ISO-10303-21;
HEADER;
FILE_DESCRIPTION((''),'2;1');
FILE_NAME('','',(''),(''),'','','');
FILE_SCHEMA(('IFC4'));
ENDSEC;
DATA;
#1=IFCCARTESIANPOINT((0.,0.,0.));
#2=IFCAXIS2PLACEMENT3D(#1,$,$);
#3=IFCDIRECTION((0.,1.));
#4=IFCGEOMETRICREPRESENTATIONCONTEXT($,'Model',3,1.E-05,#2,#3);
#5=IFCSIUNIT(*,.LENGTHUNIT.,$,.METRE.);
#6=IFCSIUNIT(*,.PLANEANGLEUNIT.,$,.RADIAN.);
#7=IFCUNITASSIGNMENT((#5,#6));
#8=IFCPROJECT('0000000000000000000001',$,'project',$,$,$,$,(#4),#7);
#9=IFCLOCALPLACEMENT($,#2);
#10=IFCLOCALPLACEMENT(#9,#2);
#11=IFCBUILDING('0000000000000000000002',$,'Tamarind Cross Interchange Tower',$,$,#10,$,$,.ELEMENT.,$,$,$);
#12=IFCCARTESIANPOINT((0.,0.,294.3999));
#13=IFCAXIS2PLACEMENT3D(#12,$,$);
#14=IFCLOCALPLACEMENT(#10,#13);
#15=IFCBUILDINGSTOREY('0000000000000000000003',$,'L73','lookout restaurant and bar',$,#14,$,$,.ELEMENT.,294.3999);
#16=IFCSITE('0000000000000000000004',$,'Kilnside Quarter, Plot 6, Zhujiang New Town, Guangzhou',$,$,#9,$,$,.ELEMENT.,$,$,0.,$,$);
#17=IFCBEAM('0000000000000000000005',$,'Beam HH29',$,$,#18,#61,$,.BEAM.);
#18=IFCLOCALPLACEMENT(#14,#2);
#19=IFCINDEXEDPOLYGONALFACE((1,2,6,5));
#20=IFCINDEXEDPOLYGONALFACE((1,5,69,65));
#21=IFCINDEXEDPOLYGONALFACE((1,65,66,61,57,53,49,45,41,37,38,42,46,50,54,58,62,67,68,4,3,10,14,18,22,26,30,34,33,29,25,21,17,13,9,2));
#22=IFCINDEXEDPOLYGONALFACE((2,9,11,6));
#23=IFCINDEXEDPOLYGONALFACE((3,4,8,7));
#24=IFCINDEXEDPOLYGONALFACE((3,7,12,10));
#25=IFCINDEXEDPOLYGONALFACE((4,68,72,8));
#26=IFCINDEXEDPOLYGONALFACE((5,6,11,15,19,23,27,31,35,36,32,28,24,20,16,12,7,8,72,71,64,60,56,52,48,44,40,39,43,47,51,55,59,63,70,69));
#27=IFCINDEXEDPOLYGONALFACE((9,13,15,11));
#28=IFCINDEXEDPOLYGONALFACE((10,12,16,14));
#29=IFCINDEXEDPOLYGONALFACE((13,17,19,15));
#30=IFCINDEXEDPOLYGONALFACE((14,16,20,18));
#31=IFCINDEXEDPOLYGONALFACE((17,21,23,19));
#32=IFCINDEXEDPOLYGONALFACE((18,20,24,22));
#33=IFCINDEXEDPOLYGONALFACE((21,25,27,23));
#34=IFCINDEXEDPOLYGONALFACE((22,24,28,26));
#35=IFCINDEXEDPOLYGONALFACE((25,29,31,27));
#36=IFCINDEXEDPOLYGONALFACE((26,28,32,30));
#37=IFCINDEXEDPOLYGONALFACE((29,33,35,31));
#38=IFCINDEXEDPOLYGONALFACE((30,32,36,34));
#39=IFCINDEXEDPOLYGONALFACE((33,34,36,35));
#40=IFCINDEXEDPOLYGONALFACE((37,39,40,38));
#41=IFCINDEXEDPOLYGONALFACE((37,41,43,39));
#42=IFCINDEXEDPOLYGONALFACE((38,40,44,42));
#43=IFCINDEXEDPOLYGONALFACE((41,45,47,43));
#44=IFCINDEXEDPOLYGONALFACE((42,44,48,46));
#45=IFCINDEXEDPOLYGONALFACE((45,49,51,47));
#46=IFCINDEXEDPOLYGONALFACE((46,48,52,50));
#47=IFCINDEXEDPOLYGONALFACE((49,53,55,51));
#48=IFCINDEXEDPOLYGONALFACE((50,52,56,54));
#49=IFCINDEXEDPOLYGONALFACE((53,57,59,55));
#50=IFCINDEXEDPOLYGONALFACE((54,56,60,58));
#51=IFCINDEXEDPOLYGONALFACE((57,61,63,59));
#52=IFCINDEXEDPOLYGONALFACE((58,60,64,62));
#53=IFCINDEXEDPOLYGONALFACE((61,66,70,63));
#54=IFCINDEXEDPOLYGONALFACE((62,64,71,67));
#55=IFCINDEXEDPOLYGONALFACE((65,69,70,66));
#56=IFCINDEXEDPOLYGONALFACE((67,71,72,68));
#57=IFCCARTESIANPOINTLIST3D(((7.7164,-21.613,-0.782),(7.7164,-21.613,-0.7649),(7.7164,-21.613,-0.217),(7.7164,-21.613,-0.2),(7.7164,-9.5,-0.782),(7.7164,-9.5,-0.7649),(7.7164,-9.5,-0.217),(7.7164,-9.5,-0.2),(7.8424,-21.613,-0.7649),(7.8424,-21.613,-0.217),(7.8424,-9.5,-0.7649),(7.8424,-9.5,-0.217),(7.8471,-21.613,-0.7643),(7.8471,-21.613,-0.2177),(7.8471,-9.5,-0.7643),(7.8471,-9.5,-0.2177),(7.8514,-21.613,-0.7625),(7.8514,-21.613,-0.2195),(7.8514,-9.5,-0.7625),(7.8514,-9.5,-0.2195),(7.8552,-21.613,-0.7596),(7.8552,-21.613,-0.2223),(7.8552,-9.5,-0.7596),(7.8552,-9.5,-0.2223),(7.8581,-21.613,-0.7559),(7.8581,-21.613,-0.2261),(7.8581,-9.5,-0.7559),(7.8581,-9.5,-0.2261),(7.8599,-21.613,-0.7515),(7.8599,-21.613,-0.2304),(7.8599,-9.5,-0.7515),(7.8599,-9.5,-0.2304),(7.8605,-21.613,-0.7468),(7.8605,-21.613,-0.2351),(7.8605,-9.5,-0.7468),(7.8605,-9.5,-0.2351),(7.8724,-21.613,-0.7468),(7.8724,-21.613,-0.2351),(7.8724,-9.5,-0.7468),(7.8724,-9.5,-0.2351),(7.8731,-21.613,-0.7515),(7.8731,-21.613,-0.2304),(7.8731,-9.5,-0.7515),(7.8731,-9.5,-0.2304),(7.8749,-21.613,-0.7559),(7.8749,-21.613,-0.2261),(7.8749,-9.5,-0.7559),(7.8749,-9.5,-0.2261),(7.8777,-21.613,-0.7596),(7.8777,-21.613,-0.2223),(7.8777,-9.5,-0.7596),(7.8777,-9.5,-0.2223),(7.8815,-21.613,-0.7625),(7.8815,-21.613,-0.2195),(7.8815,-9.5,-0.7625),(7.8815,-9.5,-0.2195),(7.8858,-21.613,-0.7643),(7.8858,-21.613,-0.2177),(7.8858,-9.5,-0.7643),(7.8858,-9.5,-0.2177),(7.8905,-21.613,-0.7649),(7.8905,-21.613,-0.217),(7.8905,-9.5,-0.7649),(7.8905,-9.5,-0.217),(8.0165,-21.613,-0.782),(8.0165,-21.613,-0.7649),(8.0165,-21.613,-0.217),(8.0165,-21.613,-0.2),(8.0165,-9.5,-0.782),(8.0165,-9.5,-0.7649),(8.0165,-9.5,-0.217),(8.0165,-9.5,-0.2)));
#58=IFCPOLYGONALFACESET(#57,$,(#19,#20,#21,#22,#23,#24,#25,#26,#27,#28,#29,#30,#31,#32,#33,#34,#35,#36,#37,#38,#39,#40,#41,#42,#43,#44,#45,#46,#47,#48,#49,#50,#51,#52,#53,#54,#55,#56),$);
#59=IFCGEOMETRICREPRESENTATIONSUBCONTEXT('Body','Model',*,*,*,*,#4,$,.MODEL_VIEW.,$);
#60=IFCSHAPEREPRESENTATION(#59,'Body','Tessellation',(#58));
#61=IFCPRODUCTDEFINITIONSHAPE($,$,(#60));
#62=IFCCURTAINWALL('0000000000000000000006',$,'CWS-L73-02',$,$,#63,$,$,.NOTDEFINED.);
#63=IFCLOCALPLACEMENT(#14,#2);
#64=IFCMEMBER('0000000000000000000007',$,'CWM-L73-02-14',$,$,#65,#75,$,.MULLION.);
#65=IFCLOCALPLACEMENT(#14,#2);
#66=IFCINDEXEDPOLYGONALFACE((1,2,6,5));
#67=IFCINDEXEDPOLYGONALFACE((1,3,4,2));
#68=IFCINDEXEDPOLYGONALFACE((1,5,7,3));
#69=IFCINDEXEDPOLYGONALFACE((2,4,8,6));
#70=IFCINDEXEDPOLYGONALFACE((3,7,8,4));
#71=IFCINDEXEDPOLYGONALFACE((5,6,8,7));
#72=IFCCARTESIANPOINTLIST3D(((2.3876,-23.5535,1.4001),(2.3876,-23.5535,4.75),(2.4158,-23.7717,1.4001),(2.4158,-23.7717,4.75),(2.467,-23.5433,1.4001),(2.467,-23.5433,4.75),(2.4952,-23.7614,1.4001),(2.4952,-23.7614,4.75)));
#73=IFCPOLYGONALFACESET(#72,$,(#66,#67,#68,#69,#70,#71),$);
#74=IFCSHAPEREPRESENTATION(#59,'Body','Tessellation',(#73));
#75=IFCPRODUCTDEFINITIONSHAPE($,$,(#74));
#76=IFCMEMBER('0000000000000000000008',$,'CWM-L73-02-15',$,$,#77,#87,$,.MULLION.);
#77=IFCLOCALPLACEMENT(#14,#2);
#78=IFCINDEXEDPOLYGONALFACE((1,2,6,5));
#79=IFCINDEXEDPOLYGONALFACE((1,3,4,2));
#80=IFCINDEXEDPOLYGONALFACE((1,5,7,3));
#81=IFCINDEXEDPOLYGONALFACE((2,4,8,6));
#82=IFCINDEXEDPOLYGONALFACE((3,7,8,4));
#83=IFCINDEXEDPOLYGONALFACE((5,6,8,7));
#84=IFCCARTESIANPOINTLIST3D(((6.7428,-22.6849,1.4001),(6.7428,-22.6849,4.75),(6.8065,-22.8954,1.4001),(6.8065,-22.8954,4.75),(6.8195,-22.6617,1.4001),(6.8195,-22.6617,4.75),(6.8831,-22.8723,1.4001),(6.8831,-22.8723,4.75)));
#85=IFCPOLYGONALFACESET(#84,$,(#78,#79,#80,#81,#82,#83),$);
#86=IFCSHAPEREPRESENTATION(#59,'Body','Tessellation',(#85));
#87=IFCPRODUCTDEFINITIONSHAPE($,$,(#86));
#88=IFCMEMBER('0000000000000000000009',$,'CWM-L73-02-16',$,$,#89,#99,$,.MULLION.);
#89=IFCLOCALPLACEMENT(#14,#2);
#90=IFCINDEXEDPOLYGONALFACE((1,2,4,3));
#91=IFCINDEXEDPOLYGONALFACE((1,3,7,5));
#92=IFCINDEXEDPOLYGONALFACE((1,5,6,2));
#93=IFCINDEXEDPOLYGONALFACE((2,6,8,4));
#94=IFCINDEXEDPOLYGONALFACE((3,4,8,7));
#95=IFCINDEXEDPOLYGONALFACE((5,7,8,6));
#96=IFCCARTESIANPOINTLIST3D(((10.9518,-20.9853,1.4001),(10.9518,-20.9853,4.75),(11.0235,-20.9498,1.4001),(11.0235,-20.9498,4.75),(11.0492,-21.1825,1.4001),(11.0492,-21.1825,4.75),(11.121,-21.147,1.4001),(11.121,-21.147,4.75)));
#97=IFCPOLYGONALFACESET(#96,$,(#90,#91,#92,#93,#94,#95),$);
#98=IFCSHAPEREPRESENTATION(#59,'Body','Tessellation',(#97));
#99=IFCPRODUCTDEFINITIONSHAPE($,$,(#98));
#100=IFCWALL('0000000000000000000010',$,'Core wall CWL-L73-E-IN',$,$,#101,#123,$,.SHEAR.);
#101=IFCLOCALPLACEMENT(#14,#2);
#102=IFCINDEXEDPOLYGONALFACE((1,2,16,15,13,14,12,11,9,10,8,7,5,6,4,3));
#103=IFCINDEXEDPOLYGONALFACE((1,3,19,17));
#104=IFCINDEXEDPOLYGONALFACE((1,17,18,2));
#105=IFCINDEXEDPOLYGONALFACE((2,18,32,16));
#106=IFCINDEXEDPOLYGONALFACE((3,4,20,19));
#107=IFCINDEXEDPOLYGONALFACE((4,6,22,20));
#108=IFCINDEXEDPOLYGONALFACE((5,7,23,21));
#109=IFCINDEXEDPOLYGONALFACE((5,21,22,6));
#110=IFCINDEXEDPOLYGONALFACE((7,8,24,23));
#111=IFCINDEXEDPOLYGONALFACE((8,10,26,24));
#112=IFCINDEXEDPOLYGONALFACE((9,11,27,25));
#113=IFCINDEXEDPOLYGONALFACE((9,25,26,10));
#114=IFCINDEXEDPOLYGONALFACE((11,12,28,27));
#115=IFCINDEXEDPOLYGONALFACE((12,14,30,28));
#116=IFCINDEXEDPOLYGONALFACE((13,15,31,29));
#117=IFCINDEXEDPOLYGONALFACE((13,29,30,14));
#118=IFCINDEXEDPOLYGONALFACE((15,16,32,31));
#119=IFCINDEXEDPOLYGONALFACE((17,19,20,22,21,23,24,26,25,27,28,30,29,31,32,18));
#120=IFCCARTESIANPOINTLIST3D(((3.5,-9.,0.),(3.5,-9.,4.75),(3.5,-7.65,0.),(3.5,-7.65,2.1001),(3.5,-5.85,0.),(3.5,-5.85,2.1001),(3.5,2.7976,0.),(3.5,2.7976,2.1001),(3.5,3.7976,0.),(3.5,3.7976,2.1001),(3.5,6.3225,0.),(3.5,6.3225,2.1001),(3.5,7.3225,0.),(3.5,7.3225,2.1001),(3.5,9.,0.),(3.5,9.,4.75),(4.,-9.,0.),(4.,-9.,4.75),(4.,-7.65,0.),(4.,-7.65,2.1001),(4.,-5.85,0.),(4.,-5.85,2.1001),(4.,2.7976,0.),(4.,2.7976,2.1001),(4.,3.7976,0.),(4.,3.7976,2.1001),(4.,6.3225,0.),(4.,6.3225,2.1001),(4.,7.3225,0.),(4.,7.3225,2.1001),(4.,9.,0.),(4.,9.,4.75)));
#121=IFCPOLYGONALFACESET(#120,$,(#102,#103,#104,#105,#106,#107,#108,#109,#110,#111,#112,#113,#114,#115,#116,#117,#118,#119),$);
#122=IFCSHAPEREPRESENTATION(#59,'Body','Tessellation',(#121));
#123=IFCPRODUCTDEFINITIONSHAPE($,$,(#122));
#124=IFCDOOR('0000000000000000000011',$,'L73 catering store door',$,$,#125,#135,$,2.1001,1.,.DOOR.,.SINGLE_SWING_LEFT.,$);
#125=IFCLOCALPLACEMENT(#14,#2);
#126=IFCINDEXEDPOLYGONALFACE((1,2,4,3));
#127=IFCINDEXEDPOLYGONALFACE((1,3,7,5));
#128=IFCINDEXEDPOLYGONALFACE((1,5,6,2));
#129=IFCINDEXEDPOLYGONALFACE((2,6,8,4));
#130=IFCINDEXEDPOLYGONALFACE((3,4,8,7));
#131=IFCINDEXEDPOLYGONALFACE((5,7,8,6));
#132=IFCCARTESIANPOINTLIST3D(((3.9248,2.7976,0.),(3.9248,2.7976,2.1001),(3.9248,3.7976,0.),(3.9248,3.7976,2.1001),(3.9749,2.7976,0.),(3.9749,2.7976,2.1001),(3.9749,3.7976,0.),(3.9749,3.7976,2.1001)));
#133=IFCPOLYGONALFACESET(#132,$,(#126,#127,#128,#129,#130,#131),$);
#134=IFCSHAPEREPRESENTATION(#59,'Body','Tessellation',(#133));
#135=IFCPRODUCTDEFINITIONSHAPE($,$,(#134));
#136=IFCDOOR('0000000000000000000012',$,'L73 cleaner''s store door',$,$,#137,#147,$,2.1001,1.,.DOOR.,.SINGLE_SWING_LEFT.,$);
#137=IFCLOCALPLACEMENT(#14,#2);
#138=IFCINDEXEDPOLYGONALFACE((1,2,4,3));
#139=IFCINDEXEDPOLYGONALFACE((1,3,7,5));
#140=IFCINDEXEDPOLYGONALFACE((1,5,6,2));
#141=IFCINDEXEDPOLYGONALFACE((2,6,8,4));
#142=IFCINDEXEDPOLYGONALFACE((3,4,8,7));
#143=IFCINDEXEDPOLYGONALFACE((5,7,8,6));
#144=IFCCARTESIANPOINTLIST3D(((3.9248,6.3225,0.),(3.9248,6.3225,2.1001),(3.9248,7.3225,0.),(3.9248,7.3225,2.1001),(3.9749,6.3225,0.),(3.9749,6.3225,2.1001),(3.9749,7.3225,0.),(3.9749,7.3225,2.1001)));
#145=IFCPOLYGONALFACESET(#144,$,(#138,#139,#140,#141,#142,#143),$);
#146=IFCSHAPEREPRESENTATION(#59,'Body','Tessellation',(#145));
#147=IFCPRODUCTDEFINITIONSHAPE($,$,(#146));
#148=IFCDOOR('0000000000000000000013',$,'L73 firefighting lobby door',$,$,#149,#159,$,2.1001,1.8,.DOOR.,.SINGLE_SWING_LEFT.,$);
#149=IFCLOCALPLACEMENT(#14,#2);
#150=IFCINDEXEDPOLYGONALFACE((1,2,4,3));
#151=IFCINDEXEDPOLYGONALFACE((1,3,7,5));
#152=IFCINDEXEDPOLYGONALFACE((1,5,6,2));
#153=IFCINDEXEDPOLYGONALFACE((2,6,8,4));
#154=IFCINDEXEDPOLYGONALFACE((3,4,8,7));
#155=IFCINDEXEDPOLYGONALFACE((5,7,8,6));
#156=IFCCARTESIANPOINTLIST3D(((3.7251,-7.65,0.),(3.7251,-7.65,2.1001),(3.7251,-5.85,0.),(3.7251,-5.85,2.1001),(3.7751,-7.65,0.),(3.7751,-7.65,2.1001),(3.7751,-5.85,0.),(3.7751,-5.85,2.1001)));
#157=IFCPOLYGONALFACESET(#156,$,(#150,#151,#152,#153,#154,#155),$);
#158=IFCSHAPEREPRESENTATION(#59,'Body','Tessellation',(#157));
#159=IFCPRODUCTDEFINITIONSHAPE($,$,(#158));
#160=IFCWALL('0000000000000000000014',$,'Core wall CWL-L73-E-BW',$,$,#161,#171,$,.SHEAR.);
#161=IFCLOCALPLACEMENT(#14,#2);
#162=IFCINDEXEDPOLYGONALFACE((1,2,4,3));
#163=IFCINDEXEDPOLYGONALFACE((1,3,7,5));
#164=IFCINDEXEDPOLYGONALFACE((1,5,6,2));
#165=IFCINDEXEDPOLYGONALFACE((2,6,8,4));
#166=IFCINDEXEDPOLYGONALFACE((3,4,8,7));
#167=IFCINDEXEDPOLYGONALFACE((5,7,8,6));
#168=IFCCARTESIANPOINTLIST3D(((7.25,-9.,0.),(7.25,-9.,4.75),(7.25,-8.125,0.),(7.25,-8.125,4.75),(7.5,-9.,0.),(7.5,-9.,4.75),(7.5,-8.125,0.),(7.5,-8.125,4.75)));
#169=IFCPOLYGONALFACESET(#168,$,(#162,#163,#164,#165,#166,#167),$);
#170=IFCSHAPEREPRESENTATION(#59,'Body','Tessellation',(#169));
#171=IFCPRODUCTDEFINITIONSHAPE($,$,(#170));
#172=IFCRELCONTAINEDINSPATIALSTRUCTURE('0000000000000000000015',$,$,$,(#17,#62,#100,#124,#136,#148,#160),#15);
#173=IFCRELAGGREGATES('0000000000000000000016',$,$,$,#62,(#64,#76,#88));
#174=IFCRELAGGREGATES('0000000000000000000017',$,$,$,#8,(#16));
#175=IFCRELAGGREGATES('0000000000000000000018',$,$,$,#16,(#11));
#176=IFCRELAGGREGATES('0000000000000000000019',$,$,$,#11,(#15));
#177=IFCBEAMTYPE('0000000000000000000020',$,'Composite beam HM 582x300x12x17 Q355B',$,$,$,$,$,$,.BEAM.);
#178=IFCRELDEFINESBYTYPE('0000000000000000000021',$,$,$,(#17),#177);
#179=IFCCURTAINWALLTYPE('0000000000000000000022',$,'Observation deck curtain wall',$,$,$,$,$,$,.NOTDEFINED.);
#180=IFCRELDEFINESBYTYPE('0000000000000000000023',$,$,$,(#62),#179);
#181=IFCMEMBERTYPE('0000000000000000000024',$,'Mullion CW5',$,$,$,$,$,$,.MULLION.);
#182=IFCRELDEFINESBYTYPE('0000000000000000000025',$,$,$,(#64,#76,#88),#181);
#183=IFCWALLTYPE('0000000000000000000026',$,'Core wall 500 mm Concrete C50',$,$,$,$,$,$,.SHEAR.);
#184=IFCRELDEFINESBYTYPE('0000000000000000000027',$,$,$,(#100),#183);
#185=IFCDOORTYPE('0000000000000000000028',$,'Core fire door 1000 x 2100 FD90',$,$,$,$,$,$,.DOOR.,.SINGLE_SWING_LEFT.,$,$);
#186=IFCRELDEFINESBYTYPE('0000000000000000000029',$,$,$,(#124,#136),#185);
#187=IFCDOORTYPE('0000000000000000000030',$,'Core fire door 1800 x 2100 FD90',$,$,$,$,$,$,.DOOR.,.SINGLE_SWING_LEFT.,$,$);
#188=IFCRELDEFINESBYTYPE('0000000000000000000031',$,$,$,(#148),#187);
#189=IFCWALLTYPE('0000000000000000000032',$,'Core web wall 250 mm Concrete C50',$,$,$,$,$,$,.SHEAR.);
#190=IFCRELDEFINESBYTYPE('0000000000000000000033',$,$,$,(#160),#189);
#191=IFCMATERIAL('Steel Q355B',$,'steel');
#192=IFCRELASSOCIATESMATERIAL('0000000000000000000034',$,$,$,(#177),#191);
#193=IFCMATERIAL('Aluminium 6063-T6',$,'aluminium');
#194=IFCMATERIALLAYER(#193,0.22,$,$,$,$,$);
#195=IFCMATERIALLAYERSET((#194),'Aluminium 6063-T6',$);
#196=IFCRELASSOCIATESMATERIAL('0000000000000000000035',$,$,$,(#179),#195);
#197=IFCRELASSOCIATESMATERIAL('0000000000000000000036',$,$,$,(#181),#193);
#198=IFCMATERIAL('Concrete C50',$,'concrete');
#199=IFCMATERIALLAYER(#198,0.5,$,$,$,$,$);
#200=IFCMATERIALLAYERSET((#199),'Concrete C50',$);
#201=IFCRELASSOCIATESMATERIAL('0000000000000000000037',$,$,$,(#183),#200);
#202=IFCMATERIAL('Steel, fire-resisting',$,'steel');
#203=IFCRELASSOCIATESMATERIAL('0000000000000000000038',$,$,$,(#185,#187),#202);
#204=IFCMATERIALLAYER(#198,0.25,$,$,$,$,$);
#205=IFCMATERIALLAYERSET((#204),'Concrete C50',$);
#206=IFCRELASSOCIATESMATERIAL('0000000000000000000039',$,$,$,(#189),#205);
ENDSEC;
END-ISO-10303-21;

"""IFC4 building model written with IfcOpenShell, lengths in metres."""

from ifc_helpers import new_model, si_unit, direction, frame, frame_2d, origin, origin_2d, place, context, subcontext, project, spatial, rectangle, i_section, extrude, material, layer, layer_set, material_profile, profile_set, type_object, element, fill, aggregate, save


model = new_model("IFC4")

# Units and contexts
model_context = context("Model", 3, precision=1e-05, world=origin(), true_north=direction((0.0, 1.0)))
body_context = subcontext(model_context, "Body", "Model", "MODEL_VIEW")
ifc_project = project(units=[si_unit("LENGTHUNIT", "METRE"), si_unit("PLANEANGLEUNIT", "RADIAN")], contexts=[model_context])

# Site, building, storey
site_placement = place(None, origin())
site = spatial("IfcSite", under=ifc_project, at=site_placement, Name="Kilnside Quarter, Plot 6, Zhujiang New Town, Guangzhou", CompositionType="ELEMENT", RefElevation=0.0)
building_placement = place(site_placement, origin())
building = spatial("IfcBuilding", under=site, at=building_placement, Name="Tamarind Cross Interchange Tower", CompositionType="ELEMENT")
storey_placement = place(building_placement, frame((0.0, 0.0, 294.3999)))
storey = spatial("IfcBuildingStorey", under=building, at=storey_placement, Name="L73", Description="lookout restaurant and bar", CompositionType="ELEMENT", Elevation=294.3999)

# Beam
ifc_material_1 = material(Name="Steel Q355B", Category="steel")
ifc_material_profile_1 = material_profile(ifc_material_1, i_section(OverallWidth=0.3, OverallDepth=0.582, WebThickness=0.012, FlangeThickness=0.0171, FilletRadius=0.0181, at=origin_2d()), Name="HM 582x300x12x17")
ifc_profile_set_1 = profile_set([ifc_material_profile_1], Name="Steel Q355B")
beam_type = type_object("IfcBeamType", Name="Composite beam HM 582x300x12x17 Q355B", PredefinedType="BEAM", material=ifc_profile_set_1)
beam_1_placement = place(storey_placement, frame((7.8665, -21.613, -0.491), z_axis=(0.0, 1.0, 0.0), x_axis=(-1.0, 0.0, 0.0)))
element("IfcBeam", 1, at=beam_1_placement, inside=storey, type_object=beam_type, Name="Beam HH29", PredefinedType="BEAM", context=body_context, shape_type="SweptSolid", body=[
    extrude(i_section(OverallWidth=0.3, OverallDepth=0.582, WebThickness=0.012, FlangeThickness=0.0171, FilletRadius=0.0181, at=origin_2d()), origin(), (0.0, 0.0, 1.0), 12.113),
])

# Curtain wall, members
ifc_material_2 = material(Name="Aluminium 6063-T6", Category="aluminium")
ifc_layer_1 = layer(ifc_material_2, 0.22)
ifc_layer_set_1 = layer_set([ifc_layer_1], Name="Aluminium 6063-T6")
curtain_wall_type = type_object("IfcCurtainWallType", Name="Observation deck curtain wall", PredefinedType="NOTDEFINED", material=ifc_layer_set_1)
curtain_wall_placement = place(storey_placement, origin())
curtain_wall = element("IfcCurtainWall", 2, at=curtain_wall_placement, inside=storey, type_object=curtain_wall_type, Name="CWS-L73-02", PredefinedType="NOTDEFINED")
ifc_material_profile_2 = material_profile(ifc_material_2, rectangle(XDim=0.0801, YDim=0.22, at=origin_2d()), Name="Mullion CW5")
ifc_profile_set_2 = profile_set([ifc_material_profile_2], Name="Aluminium 6063-T6")
member_type = type_object("IfcMemberType", Name="Mullion CW5", PredefinedType="MULLION", material=ifc_profile_set_2)
member_1_placement = place(storey_placement, frame((2.4414, -23.6575, 1.4001), z_axis=(0.0, 0.0, 1.0), x_axis=(0.991779, 0.127962, 0.0)))
member_1 = element("IfcMember", 3, at=member_1_placement, type_object=member_type, Name="CWM-L73-02-14", PredefinedType="MULLION", context=body_context, shape_type="SweptSolid", body=[
    extrude(rectangle(XDim=0.0801, YDim=0.22, at=origin_2d()), origin(), (0.0, 0.0, 1.0), 3.3499),
])
member_2_placement = place(storey_placement, frame((6.813, -22.7786, 1.4001), z_axis=(0.0, 0.0, 1.0), x_axis=(0.957191, 0.289458, 0.0)))
member_2 = element("IfcMember", 4, at=member_2_placement, type_object=member_type, Name="CWM-L73-02-15", PredefinedType="MULLION", context=body_context, shape_type="SweptSolid", body=[
    extrude(rectangle(XDim=0.0801, YDim=0.22, at=origin_2d()), origin(), (0.0, 0.0, 1.0), 3.3499),
])
member_3_placement = place(storey_placement, frame((11.0364, -21.0662, 1.4001), z_axis=(0.0, 0.0, 1.0), x_axis=(0.896493, 0.443059, 0.0)))
member_3 = element("IfcMember", 5, at=member_3_placement, type_object=member_type, Name="CWM-L73-02-16", PredefinedType="MULLION", context=body_context, shape_type="SweptSolid", body=[
    extrude(rectangle(XDim=0.0801, YDim=0.22, at=origin_2d()), origin(), (0.0, 0.0, 1.0), 3.3499),
])
aggregate(curtain_wall, [member_1, member_2, member_3])

# Wall, openings, doors
ifc_material_3 = material(Name="Concrete C50", Category="concrete")
ifc_layer_2 = layer(ifc_material_3, 0.5)
ifc_layer_set_2 = layer_set([ifc_layer_2], Name="Concrete C50")
wall_type_1 = type_object("IfcWallType", Name="Core wall 500 mm Concrete C50", PredefinedType="SHEAR", material=ifc_layer_set_2)
wall_1_placement = place(storey_placement, frame((3.75, -9.0, 0.0), z_axis=(0.0, 0.0, 1.0), x_axis=(0.0, 1.0, 0.0)))
wall_1 = element("IfcWall", 6, at=wall_1_placement, inside=storey, type_object=wall_type_1, Name="Core wall CWL-L73-E-IN", PredefinedType="SHEAR", context=body_context, shape_type="SweptSolid", body=[
    extrude(rectangle(XDim=18.0, YDim=0.5, at=frame_2d((9.0, 0.0))), origin(), (0.0, 0.0, 1.0), 4.75),
])
opening_1_placement = place(wall_1_placement, frame((1.3501, 0.0, 0.0)))
opening_1 = element("IfcOpeningElement", 7, at=opening_1_placement, cuts=wall_1, PredefinedType="OPENING", context=body_context, shape_type="SweptSolid", body=[
    extrude(rectangle(XDim=1.8, YDim=2.1001, at=frame_2d((0.8999, 1.05))), frame((0.0, 0.26, 0.0), z_axis=(0.0, -1.0, 0.0), x_axis=(1.0, 0.0, 0.0)), (0.0, 0.0, 1.0), 0.52),
])
opening_2_placement = place(wall_1_placement, frame((11.7976, 0.0, 0.0)))
opening_2 = element("IfcOpeningElement", 8, at=opening_2_placement, cuts=wall_1, PredefinedType="OPENING", context=body_context, shape_type="SweptSolid", body=[
    extrude(rectangle(XDim=1.0, YDim=2.1001, at=frame_2d((0.5, 1.05))), frame((0.0, 0.26, 0.0), z_axis=(0.0, -1.0, 0.0), x_axis=(1.0, 0.0, 0.0)), (0.0, 0.0, 1.0), 0.52),
])
opening_3_placement = place(wall_1_placement, frame((15.3225, 0.0, 0.0)))
opening_3 = element("IfcOpeningElement", 9, at=opening_3_placement, cuts=wall_1, PredefinedType="OPENING", context=body_context, shape_type="SweptSolid", body=[
    extrude(rectangle(XDim=1.0, YDim=2.1001, at=frame_2d((0.5, 1.05))), frame((0.0, 0.26, 0.0), z_axis=(0.0, -1.0, 0.0), x_axis=(1.0, 0.0, 0.0)), (0.0, 0.0, 1.0), 0.52),
])
ifc_material_4 = material(Name="Steel, fire-resisting", Category="steel")
door_type_1 = type_object("IfcDoorType", Name="Core fire door 1000 x 2100 FD90", OperationType="SINGLE_SWING_LEFT", PredefinedType="DOOR", material=ifc_material_4)
door_1_placement = place(opening_2_placement, origin())
door_1 = element("IfcDoor", 10, at=door_1_placement, inside=storey, type_object=door_type_1, Name="L73 catering store door", OperationType="SINGLE_SWING_LEFT", OverallHeight=2.1001, OverallWidth=1.0, PredefinedType="DOOR", context=body_context, shape_type="SweptSolid", body=[
    extrude(rectangle(XDim=1.0, YDim=2.1001, at=frame_2d((0.5, 1.05))), frame((0.0, -0.1748, 0.0), z_axis=(0.0, -1.0, 0.0), x_axis=(1.0, 0.0, 0.0)), (0.0, 0.0, 1.0), 0.05),
])
fill(opening_2, door_1)
door_2_placement = place(opening_3_placement, origin())
door_2 = element("IfcDoor", 11, at=door_2_placement, inside=storey, type_object=door_type_1, Name="L73 cleaner's store door", OperationType="SINGLE_SWING_LEFT", OverallHeight=2.1001, OverallWidth=1.0, PredefinedType="DOOR", context=body_context, shape_type="SweptSolid", body=[
    extrude(rectangle(XDim=1.0, YDim=2.1001, at=frame_2d((0.5, 1.05))), frame((0.0, -0.1748, 0.0), z_axis=(0.0, -1.0, 0.0), x_axis=(1.0, 0.0, 0.0)), (0.0, 0.0, 1.0), 0.05),
])
fill(opening_3, door_2)
door_type_2 = type_object("IfcDoorType", Name="Core fire door 1800 x 2100 FD90", OperationType="SINGLE_SWING_LEFT", PredefinedType="DOOR", material=ifc_material_4)
door_3_placement = place(opening_1_placement, origin())
door_3 = element("IfcDoor", 12, at=door_3_placement, inside=storey, type_object=door_type_2, Name="L73 firefighting lobby door", OperationType="SINGLE_SWING_LEFT", OverallHeight=2.1001, OverallWidth=1.8, PredefinedType="DOOR", context=body_context, shape_type="SweptSolid", body=[
    extrude(rectangle(XDim=1.8, YDim=2.1001, at=frame_2d((0.8999, 1.05))), frame((0.0, 0.0249, 0.0), z_axis=(0.0, -1.0, 0.0), x_axis=(1.0, 0.0, 0.0)), (0.0, 0.0, 1.0), 0.05),
])
fill(opening_1, door_3)

# Wall
ifc_layer_3 = layer(ifc_material_3, 0.25)
ifc_layer_set_3 = layer_set([ifc_layer_3], Name="Concrete C50")
wall_type_2 = type_object("IfcWallType", Name="Core web wall 250 mm Concrete C50", PredefinedType="SHEAR", material=ifc_layer_set_3)
wall_2_placement = place(storey_placement, frame((7.375, -9.0, 0.0), z_axis=(0.0, 0.0, 1.0), x_axis=(0.0, 1.0, 0.0)))
element("IfcWall", 13, at=wall_2_placement, inside=storey, type_object=wall_type_2, Name="Core wall CWL-L73-E-BW", PredefinedType="SHEAR", context=body_context, shape_type="SweptSolid", body=[
    extrude(rectangle(XDim=0.875, YDim=0.25, at=frame_2d((0.4375, 0.0))), origin(), (0.0, 0.0, 1.0), 4.75),
])

save(model, "model.ifc")
